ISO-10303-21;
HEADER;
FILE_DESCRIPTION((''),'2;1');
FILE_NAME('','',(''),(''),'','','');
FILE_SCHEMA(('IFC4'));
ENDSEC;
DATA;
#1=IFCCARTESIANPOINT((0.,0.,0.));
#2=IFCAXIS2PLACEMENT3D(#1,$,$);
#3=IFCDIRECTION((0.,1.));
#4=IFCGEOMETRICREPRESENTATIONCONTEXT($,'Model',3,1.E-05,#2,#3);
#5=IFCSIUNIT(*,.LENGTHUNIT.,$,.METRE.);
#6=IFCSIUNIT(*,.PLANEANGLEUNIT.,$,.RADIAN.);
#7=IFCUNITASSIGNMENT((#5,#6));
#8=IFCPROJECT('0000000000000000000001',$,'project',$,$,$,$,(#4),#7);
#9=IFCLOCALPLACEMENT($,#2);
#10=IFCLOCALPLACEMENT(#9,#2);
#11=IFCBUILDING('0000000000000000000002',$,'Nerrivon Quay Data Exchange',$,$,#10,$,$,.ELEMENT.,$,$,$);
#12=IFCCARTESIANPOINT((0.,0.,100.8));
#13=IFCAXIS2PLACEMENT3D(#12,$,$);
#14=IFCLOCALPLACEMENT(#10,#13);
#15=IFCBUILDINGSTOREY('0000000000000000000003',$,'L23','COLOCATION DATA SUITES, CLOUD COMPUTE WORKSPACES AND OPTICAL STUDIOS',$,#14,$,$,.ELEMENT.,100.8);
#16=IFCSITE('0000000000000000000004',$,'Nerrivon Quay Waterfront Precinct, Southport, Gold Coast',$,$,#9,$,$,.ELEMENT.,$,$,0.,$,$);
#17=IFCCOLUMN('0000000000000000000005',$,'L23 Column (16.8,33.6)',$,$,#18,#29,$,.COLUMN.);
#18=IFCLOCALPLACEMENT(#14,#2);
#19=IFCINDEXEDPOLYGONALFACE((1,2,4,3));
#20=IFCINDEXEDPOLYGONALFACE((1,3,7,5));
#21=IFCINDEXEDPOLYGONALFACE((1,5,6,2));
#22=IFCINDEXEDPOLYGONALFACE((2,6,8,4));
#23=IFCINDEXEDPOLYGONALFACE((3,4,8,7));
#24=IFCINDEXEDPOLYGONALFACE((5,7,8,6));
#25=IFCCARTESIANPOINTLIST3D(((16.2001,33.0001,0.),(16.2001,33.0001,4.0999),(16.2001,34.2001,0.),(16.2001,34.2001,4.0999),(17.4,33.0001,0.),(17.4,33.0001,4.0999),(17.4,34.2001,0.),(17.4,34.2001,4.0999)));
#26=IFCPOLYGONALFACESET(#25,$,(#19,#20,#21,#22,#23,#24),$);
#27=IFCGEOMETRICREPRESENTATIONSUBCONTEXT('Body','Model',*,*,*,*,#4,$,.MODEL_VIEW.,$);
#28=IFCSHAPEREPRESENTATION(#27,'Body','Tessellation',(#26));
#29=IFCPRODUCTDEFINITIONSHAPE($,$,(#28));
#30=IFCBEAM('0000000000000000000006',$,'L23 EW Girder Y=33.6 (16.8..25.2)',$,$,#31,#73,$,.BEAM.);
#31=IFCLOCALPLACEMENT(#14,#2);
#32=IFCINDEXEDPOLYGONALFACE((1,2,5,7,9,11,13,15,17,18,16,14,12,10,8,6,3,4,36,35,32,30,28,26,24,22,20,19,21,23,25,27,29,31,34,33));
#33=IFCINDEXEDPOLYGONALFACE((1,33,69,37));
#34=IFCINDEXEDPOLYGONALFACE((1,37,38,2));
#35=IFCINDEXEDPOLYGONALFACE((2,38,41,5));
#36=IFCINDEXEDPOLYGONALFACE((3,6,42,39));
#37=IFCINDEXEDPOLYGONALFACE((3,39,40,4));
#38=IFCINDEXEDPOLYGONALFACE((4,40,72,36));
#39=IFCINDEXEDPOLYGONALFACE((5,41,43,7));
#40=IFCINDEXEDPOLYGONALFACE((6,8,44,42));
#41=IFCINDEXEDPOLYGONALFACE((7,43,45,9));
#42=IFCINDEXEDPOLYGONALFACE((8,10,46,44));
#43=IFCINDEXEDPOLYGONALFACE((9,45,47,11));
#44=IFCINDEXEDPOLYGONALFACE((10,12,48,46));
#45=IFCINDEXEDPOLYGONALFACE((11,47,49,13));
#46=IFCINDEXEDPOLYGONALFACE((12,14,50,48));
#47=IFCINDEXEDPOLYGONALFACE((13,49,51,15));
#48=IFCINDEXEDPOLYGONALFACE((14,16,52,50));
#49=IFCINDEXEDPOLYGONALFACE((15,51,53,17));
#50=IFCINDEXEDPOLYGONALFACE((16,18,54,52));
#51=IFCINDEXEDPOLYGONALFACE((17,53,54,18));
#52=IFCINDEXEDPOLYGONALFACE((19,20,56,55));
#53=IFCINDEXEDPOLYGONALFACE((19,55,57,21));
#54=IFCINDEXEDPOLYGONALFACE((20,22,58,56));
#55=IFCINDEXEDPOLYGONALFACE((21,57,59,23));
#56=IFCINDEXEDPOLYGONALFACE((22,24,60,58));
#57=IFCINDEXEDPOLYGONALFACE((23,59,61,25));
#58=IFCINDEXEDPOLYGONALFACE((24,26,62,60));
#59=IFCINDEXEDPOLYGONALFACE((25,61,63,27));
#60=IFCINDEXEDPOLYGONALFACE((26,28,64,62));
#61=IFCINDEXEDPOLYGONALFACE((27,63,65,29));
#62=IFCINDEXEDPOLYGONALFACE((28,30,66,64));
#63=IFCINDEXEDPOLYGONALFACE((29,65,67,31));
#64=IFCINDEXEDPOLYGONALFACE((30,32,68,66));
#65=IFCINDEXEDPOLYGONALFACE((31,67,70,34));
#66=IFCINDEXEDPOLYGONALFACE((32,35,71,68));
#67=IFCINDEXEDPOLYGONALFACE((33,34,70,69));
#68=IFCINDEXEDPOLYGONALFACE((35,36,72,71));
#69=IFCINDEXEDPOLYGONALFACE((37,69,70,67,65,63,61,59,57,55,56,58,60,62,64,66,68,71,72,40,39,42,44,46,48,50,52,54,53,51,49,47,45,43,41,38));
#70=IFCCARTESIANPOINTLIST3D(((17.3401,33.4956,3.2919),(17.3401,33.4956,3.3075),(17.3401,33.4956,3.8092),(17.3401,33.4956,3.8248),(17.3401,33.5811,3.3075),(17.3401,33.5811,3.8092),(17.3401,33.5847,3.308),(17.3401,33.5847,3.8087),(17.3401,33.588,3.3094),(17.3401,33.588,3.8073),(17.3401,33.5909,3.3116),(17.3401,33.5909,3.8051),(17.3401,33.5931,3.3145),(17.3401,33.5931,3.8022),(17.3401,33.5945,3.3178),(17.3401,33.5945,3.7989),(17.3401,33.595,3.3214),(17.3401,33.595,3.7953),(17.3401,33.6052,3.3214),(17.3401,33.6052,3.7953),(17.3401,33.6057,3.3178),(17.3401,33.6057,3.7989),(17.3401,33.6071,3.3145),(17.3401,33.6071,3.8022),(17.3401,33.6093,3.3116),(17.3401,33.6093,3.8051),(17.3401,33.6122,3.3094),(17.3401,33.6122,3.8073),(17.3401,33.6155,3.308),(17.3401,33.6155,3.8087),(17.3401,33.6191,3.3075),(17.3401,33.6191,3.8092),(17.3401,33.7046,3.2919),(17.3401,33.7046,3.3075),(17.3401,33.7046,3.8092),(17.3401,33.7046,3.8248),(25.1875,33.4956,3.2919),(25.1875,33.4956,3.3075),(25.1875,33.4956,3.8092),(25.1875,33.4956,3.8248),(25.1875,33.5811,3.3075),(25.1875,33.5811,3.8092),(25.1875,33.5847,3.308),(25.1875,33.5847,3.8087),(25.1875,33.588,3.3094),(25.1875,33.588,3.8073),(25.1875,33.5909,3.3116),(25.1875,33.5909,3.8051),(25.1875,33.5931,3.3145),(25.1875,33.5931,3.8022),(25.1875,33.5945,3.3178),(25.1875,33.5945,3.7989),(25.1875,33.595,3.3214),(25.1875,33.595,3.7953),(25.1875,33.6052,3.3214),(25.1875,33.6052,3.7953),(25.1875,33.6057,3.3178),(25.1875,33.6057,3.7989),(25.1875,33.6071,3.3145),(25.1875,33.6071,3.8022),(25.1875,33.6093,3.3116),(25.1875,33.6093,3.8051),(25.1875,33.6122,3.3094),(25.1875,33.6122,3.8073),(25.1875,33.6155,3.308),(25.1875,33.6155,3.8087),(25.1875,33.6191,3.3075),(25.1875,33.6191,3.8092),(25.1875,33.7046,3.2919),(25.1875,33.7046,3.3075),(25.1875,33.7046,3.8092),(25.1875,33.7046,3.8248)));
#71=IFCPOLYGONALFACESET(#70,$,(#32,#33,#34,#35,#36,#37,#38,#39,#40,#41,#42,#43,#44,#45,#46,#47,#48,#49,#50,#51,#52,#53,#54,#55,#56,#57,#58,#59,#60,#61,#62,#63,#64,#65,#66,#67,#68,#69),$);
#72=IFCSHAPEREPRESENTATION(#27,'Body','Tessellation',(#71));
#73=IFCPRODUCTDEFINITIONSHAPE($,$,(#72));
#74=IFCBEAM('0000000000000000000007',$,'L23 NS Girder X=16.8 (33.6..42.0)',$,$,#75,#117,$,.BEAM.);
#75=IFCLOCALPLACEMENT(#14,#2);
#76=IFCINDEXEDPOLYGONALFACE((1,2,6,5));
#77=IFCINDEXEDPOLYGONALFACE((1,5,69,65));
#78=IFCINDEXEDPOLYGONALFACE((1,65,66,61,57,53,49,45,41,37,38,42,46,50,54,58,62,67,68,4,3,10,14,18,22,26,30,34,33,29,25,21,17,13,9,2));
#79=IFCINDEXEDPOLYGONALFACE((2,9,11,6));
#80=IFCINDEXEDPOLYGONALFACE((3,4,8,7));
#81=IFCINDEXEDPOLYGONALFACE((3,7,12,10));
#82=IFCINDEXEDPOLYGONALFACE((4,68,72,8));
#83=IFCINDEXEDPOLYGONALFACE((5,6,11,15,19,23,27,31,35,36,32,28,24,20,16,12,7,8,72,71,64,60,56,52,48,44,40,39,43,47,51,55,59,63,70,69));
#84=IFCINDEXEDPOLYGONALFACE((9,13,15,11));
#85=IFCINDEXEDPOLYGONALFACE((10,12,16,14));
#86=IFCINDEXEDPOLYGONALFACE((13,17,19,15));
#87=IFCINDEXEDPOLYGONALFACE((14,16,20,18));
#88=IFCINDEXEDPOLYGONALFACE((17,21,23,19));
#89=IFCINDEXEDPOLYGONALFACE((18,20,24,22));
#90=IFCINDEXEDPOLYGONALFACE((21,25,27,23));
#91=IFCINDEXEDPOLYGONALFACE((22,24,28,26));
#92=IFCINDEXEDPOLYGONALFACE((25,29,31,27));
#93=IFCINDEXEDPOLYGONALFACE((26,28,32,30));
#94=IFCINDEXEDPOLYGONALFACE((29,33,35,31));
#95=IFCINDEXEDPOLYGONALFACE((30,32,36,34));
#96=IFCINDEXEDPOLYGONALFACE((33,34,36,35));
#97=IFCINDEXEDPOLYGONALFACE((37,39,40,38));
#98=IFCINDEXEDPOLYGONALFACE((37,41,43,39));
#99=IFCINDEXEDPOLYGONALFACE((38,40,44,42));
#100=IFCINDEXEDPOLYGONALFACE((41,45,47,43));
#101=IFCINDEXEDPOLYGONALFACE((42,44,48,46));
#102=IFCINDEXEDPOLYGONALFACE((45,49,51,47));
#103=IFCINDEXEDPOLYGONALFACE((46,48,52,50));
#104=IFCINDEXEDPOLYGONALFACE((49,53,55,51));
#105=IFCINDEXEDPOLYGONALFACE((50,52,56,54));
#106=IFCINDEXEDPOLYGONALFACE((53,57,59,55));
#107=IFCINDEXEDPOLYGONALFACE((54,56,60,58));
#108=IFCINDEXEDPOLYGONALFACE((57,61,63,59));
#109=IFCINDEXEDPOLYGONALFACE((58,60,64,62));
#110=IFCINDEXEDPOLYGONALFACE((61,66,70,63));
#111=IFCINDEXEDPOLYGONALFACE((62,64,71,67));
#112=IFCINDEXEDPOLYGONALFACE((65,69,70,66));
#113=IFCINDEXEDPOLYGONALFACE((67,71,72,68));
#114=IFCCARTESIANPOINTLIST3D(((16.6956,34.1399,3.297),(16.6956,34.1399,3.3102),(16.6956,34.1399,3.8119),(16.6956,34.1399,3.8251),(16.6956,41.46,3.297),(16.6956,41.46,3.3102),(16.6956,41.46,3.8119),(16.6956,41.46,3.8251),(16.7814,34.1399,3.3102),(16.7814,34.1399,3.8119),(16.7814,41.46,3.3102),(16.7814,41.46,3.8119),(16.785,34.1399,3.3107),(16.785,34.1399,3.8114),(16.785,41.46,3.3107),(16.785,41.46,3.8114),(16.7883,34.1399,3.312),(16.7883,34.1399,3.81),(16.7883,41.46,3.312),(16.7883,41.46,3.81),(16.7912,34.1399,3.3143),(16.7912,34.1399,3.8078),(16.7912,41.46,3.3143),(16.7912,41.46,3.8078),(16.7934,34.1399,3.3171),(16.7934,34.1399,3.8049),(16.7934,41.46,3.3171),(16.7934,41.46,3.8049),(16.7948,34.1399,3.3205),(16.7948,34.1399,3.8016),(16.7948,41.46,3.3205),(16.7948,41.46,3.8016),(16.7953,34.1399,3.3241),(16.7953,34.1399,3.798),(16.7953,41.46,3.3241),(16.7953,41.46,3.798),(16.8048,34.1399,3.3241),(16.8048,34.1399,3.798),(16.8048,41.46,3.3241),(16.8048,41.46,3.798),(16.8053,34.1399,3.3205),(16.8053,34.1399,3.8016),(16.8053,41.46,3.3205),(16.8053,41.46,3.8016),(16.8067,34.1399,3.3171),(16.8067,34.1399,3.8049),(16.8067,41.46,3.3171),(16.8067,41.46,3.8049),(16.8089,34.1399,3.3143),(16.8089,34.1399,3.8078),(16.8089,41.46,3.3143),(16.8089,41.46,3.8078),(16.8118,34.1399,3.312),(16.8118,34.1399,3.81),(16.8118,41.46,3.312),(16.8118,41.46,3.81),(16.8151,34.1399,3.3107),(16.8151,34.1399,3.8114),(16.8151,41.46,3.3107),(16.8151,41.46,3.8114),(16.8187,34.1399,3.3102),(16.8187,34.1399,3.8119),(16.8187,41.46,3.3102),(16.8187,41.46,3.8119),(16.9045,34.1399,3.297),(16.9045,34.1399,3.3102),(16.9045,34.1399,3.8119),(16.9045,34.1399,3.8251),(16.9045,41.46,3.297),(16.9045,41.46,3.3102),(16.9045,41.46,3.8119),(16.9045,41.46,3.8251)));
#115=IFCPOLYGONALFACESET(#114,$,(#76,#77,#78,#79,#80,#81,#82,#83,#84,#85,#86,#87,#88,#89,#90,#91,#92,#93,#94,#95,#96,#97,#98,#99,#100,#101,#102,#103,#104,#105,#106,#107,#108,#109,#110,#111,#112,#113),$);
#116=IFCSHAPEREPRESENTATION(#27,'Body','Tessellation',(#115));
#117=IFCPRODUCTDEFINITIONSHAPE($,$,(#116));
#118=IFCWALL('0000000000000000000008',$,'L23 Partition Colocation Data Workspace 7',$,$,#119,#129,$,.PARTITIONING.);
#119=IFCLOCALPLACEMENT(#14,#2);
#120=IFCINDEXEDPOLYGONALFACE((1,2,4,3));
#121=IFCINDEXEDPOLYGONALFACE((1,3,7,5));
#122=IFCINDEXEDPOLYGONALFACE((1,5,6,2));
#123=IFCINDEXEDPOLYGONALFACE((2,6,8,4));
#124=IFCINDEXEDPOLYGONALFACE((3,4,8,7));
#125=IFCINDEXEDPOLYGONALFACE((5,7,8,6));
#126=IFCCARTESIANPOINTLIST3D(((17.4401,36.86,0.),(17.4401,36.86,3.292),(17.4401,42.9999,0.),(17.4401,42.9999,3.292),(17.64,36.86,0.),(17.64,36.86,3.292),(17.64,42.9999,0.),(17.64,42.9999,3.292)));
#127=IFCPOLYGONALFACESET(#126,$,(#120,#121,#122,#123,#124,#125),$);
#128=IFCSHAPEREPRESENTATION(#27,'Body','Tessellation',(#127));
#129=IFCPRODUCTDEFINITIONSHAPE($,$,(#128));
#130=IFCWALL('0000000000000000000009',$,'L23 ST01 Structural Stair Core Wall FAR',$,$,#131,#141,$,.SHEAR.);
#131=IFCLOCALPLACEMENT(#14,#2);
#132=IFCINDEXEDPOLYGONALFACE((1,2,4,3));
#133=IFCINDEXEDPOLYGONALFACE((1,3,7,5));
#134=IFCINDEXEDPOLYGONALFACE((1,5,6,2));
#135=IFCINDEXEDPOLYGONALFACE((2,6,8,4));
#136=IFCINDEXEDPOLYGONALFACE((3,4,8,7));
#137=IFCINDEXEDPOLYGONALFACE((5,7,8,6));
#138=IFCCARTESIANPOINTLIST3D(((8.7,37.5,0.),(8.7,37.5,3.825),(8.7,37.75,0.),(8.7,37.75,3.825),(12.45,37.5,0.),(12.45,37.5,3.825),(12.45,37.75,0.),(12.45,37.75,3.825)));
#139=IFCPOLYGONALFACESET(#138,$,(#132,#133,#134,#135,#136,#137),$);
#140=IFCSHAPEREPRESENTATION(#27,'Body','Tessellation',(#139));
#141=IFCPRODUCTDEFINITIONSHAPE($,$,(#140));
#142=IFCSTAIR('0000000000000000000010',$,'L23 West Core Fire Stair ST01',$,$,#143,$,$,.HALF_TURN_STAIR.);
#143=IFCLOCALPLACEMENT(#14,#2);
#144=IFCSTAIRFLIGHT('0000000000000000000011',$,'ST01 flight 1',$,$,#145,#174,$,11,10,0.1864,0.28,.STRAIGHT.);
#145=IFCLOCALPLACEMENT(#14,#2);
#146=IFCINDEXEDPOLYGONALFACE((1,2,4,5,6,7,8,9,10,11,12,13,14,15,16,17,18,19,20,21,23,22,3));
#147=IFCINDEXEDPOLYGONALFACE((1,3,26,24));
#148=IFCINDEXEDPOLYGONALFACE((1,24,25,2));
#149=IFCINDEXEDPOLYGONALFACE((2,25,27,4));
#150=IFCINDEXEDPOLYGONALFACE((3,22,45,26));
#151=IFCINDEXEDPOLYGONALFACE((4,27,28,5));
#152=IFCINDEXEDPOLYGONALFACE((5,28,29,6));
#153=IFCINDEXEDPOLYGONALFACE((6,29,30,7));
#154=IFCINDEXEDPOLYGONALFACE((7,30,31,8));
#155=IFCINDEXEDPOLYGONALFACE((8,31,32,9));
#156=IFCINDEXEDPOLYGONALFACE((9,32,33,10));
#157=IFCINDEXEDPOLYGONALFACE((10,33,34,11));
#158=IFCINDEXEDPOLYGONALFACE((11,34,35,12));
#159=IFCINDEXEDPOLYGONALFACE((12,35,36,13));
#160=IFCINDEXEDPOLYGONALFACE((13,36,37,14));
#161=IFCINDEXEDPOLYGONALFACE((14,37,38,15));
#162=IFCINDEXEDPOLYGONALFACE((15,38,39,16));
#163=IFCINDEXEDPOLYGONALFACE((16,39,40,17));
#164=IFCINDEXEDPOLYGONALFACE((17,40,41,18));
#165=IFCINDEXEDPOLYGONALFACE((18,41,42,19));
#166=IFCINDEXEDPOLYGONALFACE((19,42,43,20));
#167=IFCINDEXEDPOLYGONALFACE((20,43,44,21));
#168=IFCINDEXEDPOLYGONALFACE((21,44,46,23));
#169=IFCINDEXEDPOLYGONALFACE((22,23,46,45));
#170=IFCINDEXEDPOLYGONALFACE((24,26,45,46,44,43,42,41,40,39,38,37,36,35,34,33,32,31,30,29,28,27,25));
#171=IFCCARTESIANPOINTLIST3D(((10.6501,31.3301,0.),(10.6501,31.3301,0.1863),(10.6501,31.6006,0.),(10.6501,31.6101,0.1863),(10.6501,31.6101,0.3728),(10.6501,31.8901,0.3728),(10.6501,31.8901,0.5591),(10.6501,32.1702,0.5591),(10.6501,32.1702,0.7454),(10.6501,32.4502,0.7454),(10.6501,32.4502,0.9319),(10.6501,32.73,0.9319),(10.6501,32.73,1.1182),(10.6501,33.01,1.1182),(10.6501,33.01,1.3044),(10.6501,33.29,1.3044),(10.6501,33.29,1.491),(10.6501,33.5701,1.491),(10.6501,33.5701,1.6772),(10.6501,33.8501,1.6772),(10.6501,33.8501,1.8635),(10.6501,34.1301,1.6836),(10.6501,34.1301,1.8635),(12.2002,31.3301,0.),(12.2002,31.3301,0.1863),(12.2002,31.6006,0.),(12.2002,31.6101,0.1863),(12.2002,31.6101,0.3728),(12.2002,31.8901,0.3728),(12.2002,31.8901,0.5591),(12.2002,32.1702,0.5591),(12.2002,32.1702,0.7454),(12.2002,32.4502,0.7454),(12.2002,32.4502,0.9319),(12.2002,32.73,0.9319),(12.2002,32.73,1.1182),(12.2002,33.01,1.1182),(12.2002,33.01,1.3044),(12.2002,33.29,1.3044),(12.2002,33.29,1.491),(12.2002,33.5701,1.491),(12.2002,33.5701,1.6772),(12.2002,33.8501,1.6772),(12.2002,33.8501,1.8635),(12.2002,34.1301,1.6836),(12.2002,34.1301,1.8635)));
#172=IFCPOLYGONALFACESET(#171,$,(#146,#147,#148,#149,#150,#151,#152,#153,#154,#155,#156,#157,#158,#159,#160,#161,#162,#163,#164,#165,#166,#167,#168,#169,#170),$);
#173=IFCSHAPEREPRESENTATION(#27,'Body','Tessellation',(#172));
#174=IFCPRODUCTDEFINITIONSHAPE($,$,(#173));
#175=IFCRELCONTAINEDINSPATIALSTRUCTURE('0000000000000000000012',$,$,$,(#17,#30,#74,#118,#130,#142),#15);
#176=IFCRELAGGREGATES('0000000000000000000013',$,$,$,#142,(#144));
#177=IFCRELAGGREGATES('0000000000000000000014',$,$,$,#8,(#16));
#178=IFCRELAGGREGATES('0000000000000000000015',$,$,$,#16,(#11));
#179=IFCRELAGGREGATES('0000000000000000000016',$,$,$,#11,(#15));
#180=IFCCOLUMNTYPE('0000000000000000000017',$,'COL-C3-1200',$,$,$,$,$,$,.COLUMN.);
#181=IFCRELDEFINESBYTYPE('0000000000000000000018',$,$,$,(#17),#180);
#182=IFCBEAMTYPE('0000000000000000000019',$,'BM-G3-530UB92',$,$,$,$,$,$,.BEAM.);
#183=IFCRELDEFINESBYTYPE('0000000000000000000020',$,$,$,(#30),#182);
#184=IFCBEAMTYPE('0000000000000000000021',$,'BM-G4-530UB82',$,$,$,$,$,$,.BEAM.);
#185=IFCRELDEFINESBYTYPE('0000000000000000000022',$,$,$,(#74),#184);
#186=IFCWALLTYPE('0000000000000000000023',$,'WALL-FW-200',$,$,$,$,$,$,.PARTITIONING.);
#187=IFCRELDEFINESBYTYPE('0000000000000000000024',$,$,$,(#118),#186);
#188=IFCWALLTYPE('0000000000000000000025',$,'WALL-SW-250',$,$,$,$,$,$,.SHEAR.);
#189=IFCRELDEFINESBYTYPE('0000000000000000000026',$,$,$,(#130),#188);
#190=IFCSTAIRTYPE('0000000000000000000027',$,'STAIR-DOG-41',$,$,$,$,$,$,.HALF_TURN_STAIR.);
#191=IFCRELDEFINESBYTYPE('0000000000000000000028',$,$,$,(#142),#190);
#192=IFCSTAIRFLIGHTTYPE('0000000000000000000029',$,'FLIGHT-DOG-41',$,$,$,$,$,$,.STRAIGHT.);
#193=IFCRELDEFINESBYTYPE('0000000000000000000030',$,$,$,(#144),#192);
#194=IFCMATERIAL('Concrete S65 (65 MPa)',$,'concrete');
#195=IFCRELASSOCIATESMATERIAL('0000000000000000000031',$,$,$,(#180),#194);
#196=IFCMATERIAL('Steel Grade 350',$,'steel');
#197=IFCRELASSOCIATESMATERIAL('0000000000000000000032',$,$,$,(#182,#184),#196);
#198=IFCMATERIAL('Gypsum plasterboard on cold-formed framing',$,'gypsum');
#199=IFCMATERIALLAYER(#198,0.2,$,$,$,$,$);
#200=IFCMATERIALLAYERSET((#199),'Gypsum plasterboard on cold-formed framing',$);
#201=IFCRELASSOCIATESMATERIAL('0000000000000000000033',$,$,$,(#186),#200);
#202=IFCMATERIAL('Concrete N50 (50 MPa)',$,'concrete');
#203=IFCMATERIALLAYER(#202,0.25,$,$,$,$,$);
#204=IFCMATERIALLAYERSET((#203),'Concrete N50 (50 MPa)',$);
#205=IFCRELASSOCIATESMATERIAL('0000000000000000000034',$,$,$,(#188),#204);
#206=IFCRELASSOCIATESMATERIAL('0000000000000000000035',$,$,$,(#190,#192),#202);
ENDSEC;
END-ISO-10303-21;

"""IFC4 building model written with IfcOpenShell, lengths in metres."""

from ifc_helpers import new_model, si_unit, direction, frame, frame_2d, origin, origin_2d, place, context, subcontext, project, spatial, polyline, rectangle, i_section, outline, extrude, material, layer, layer_set, material_profile, profile_set, type_object, element, aggregate, save


model = new_model("IFC4")

# Units and contexts
model_context = context("Model", 3, precision=1e-05, world=origin(), true_north=direction((0.0, 1.0)))
body_context = subcontext(model_context, "Body", "Model", "MODEL_VIEW")
ifc_project = project(units=[si_unit("LENGTHUNIT", "METRE"), si_unit("PLANEANGLEUNIT", "RADIAN")], contexts=[model_context])

# Site, building, storey
site_placement = place(None, origin())
site = spatial("IfcSite", under=ifc_project, at=site_placement, Name="Nerrivon Quay Waterfront Precinct, Southport, Gold Coast", CompositionType="ELEMENT", RefElevation=0.0)
building_placement = place(site_placement, origin())
building = spatial("IfcBuilding", under=site, at=building_placement, Name="Nerrivon Quay Data Exchange", CompositionType="ELEMENT")
storey_placement = place(building_placement, frame((0.0, 0.0, 100.8)))
storey = spatial("IfcBuildingStorey", under=building, at=storey_placement, Name="L23", Description="COLOCATION DATA SUITES, CLOUD COMPUTE WORKSPACES AND OPTICAL STUDIOS", CompositionType="ELEMENT", Elevation=100.8)

# Column
ifc_material_1 = material(Name="Concrete S65 (65 MPa)", Category="concrete")
ifc_material_profile_1 = material_profile(ifc_material_1, rectangle(XDim=1.2, YDim=1.2, at=origin_2d()), Name="RC-COL-1200x1200")
ifc_profile_set_1 = profile_set([ifc_material_profile_1], Name="Concrete S65 (65 MPa)")
column_type = type_object("IfcColumnType", Name="COL-C3-1200", PredefinedType="COLUMN", material=ifc_profile_set_1)
column_placement = place(storey_placement, frame((16.8, 33.6001, 0.0), z_axis=(0.0, 0.0, 1.0), x_axis=(1.0, 0.0, 0.0)))
element("IfcColumn", 1, at=column_placement, inside=storey, type_object=column_type, Name="L23 Column (16.8,33.6)", PredefinedType="COLUMN", context=body_context, shape_type="SweptSolid", body=[
    extrude(rectangle(XDim=1.2, YDim=1.2, at=origin_2d()), origin(), (0.0, 0.0, 1.0), 4.0999),
])

# Beams
ifc_material_2 = material(Name="Steel Grade 350", Category="steel")
ifc_material_profile_2 = material_profile(ifc_material_2, i_section(OverallWidth=0.209, OverallDepth=0.533, WebThickness=0.0103, FlangeThickness=0.0156, FilletRadius=0.0139, at=origin_2d()), Name="530UB92.4")
ifc_profile_set_2 = profile_set([ifc_material_profile_2], Name="Steel Grade 350")
beam_type_1 = type_object("IfcBeamType", Name="BM-G3-530UB92", PredefinedType="BEAM", material=ifc_profile_set_2)
beam_1_placement = place(storey_placement, frame((17.3401, 33.6001, 3.5583), z_axis=(1.0, 0.0, 0.0), x_axis=(0.0, 1.0, 0.0)))
element("IfcBeam", 2, at=beam_1_placement, inside=storey, type_object=beam_type_1, Name="L23 EW Girder Y=33.6 (16.8..25.2)", PredefinedType="BEAM", context=body_context, shape_type="SweptSolid", body=[
    extrude(i_section(OverallWidth=0.209, OverallDepth=0.533, WebThickness=0.0103, FlangeThickness=0.0156, FilletRadius=0.0139, at=origin_2d()), origin(), (0.0, 0.0, 1.0), 7.8474),
])
ifc_material_profile_3 = material_profile(ifc_material_2, i_section(OverallWidth=0.209, OverallDepth=0.5281, WebThickness=0.0095, FlangeThickness=0.0132, FilletRadius=0.0139, at=origin_2d()), Name="530UB82.0")
ifc_profile_set_3 = profile_set([ifc_material_profile_3], Name="Steel Grade 350")
beam_type_2 = type_object("IfcBeamType", Name="BM-G4-530UB82", PredefinedType="BEAM", material=ifc_profile_set_3)
beam_2_placement = place(storey_placement, frame((16.8, 34.1399, 3.561), z_axis=(0.0, 1.0, 0.0), x_axis=(-1.0, 0.0, 0.0)))
element("IfcBeam", 3, at=beam_2_placement, inside=storey, type_object=beam_type_2, Name="L23 NS Girder X=16.8 (33.6..42.0)", PredefinedType="BEAM", context=body_context, shape_type="SweptSolid", body=[
    extrude(i_section(OverallWidth=0.209, OverallDepth=0.5281, WebThickness=0.0095, FlangeThickness=0.0132, FilletRadius=0.0139, at=origin_2d()), origin(), (0.0, 0.0, 1.0), 7.3201),
])

# Walls
ifc_material_3 = material(Name="Gypsum plasterboard on cold-formed framing", Category="gypsum")
ifc_layer_1 = layer(ifc_material_3, 0.2)
ifc_layer_set_1 = layer_set([ifc_layer_1], Name="Gypsum plasterboard on cold-formed framing")
wall_type_1 = type_object("IfcWallType", Name="WALL-FW-200", PredefinedType="PARTITIONING", material=ifc_layer_set_1)
wall_1_placement = place(storey_placement, frame((17.54, 36.8601, 0.0), z_axis=(0.0, 0.0, 1.0), x_axis=(0.0, 1.0, 0.0)))
element("IfcWall", 4, at=wall_1_placement, inside=storey, type_object=wall_type_1, Name="L23 Partition Colocation Data Workspace 7", PredefinedType="PARTITIONING", context=body_context, shape_type="SweptSolid", body=[
    extrude(rectangle(XDim=6.1399, YDim=0.2, at=frame_2d((3.0698, 0.0))), origin(), (0.0, 0.0, 1.0), 3.292),
])
ifc_material_4 = material(Name="Concrete N50 (50 MPa)", Category="concrete")
ifc_layer_2 = layer(ifc_material_4, 0.25)
ifc_layer_set_2 = layer_set([ifc_layer_2], Name="Concrete N50 (50 MPa)")
wall_type_2 = type_object("IfcWallType", Name="WALL-SW-250", PredefinedType="SHEAR", material=ifc_layer_set_2)
wall_2_placement = place(storey_placement, frame((12.45, 37.625, 0.0), z_axis=(0.0, 0.0, 1.0), x_axis=(-1.0, 0.0, 0.0)))
element("IfcWall", 5, at=wall_2_placement, inside=storey, type_object=wall_type_2, Name="L23 ST01 Structural Stair Core Wall FAR", PredefinedType="SHEAR", context=body_context, shape_type="SweptSolid", body=[
    extrude(rectangle(XDim=3.75, YDim=0.25, at=frame_2d((1.875, 0.0))), origin(), (0.0, 0.0, 1.0), 3.825),
])

# Stair, stair flight
stair_type = type_object("IfcStairType", Name="STAIR-DOG-41", PredefinedType="HALF_TURN_STAIR", material=ifc_material_4)
stair_placement = place(storey_placement, origin())
stair = element("IfcStair", 6, at=stair_placement, inside=storey, type_object=stair_type, Name="L23 West Core Fire Stair ST01", PredefinedType="HALF_TURN_STAIR")
stair_flight_type = type_object("IfcStairFlightType", Name="FLIGHT-DOG-41", PredefinedType="STRAIGHT", material=ifc_material_4)
stair_flight_1_placement = place(storey_placement, frame((11.425, 31.3301, 0.0), z_axis=(0.0, 0.0, 1.0), x_axis=(0.0, 1.0, 0.0)))
stair_flight_1 = element("IfcStairFlight", 7, at=stair_flight_1_placement, type_object=stair_flight_type, Name="ST01 flight 1", NumberOfRisers=11, NumberOfTreads=10, PredefinedType="STRAIGHT", RiserHeight=0.1864, TreadLength=0.28, context=body_context, shape_type="SweptSolid", body=[
    extrude(outline(polyline([(0.0, 0.0), (0.0, 0.1863), (0.28, 0.1863), (0.28, 0.3728), (0.5601, 0.3728), (0.5601, 0.5591), (0.8401, 0.5591), (0.8401, 0.7454), (1.1201, 0.7454), (1.1201, 0.9319), (1.3999, 0.9319), (1.3999, 1.1182), (1.6799, 1.1182), (1.6799, 1.3044), (1.96, 1.3044), (1.96, 1.491), (2.24, 1.491), (2.24, 1.6772), (2.52, 1.6772), (2.52, 1.8635), (2.8, 1.8635), (2.8, 2.05), (2.8, 1.6836), (0.2705, 0.0), (0.0, 0.0)])), frame((0.0, 0.7749, 0.0), z_axis=(0.0, -1.0, 0.0), x_axis=(1.0, 0.0, 0.0)), (0.0, 0.0, 1.0), 1.55),
])
aggregate(stair, [stair_flight_1])

save(model, "model.ifc")
